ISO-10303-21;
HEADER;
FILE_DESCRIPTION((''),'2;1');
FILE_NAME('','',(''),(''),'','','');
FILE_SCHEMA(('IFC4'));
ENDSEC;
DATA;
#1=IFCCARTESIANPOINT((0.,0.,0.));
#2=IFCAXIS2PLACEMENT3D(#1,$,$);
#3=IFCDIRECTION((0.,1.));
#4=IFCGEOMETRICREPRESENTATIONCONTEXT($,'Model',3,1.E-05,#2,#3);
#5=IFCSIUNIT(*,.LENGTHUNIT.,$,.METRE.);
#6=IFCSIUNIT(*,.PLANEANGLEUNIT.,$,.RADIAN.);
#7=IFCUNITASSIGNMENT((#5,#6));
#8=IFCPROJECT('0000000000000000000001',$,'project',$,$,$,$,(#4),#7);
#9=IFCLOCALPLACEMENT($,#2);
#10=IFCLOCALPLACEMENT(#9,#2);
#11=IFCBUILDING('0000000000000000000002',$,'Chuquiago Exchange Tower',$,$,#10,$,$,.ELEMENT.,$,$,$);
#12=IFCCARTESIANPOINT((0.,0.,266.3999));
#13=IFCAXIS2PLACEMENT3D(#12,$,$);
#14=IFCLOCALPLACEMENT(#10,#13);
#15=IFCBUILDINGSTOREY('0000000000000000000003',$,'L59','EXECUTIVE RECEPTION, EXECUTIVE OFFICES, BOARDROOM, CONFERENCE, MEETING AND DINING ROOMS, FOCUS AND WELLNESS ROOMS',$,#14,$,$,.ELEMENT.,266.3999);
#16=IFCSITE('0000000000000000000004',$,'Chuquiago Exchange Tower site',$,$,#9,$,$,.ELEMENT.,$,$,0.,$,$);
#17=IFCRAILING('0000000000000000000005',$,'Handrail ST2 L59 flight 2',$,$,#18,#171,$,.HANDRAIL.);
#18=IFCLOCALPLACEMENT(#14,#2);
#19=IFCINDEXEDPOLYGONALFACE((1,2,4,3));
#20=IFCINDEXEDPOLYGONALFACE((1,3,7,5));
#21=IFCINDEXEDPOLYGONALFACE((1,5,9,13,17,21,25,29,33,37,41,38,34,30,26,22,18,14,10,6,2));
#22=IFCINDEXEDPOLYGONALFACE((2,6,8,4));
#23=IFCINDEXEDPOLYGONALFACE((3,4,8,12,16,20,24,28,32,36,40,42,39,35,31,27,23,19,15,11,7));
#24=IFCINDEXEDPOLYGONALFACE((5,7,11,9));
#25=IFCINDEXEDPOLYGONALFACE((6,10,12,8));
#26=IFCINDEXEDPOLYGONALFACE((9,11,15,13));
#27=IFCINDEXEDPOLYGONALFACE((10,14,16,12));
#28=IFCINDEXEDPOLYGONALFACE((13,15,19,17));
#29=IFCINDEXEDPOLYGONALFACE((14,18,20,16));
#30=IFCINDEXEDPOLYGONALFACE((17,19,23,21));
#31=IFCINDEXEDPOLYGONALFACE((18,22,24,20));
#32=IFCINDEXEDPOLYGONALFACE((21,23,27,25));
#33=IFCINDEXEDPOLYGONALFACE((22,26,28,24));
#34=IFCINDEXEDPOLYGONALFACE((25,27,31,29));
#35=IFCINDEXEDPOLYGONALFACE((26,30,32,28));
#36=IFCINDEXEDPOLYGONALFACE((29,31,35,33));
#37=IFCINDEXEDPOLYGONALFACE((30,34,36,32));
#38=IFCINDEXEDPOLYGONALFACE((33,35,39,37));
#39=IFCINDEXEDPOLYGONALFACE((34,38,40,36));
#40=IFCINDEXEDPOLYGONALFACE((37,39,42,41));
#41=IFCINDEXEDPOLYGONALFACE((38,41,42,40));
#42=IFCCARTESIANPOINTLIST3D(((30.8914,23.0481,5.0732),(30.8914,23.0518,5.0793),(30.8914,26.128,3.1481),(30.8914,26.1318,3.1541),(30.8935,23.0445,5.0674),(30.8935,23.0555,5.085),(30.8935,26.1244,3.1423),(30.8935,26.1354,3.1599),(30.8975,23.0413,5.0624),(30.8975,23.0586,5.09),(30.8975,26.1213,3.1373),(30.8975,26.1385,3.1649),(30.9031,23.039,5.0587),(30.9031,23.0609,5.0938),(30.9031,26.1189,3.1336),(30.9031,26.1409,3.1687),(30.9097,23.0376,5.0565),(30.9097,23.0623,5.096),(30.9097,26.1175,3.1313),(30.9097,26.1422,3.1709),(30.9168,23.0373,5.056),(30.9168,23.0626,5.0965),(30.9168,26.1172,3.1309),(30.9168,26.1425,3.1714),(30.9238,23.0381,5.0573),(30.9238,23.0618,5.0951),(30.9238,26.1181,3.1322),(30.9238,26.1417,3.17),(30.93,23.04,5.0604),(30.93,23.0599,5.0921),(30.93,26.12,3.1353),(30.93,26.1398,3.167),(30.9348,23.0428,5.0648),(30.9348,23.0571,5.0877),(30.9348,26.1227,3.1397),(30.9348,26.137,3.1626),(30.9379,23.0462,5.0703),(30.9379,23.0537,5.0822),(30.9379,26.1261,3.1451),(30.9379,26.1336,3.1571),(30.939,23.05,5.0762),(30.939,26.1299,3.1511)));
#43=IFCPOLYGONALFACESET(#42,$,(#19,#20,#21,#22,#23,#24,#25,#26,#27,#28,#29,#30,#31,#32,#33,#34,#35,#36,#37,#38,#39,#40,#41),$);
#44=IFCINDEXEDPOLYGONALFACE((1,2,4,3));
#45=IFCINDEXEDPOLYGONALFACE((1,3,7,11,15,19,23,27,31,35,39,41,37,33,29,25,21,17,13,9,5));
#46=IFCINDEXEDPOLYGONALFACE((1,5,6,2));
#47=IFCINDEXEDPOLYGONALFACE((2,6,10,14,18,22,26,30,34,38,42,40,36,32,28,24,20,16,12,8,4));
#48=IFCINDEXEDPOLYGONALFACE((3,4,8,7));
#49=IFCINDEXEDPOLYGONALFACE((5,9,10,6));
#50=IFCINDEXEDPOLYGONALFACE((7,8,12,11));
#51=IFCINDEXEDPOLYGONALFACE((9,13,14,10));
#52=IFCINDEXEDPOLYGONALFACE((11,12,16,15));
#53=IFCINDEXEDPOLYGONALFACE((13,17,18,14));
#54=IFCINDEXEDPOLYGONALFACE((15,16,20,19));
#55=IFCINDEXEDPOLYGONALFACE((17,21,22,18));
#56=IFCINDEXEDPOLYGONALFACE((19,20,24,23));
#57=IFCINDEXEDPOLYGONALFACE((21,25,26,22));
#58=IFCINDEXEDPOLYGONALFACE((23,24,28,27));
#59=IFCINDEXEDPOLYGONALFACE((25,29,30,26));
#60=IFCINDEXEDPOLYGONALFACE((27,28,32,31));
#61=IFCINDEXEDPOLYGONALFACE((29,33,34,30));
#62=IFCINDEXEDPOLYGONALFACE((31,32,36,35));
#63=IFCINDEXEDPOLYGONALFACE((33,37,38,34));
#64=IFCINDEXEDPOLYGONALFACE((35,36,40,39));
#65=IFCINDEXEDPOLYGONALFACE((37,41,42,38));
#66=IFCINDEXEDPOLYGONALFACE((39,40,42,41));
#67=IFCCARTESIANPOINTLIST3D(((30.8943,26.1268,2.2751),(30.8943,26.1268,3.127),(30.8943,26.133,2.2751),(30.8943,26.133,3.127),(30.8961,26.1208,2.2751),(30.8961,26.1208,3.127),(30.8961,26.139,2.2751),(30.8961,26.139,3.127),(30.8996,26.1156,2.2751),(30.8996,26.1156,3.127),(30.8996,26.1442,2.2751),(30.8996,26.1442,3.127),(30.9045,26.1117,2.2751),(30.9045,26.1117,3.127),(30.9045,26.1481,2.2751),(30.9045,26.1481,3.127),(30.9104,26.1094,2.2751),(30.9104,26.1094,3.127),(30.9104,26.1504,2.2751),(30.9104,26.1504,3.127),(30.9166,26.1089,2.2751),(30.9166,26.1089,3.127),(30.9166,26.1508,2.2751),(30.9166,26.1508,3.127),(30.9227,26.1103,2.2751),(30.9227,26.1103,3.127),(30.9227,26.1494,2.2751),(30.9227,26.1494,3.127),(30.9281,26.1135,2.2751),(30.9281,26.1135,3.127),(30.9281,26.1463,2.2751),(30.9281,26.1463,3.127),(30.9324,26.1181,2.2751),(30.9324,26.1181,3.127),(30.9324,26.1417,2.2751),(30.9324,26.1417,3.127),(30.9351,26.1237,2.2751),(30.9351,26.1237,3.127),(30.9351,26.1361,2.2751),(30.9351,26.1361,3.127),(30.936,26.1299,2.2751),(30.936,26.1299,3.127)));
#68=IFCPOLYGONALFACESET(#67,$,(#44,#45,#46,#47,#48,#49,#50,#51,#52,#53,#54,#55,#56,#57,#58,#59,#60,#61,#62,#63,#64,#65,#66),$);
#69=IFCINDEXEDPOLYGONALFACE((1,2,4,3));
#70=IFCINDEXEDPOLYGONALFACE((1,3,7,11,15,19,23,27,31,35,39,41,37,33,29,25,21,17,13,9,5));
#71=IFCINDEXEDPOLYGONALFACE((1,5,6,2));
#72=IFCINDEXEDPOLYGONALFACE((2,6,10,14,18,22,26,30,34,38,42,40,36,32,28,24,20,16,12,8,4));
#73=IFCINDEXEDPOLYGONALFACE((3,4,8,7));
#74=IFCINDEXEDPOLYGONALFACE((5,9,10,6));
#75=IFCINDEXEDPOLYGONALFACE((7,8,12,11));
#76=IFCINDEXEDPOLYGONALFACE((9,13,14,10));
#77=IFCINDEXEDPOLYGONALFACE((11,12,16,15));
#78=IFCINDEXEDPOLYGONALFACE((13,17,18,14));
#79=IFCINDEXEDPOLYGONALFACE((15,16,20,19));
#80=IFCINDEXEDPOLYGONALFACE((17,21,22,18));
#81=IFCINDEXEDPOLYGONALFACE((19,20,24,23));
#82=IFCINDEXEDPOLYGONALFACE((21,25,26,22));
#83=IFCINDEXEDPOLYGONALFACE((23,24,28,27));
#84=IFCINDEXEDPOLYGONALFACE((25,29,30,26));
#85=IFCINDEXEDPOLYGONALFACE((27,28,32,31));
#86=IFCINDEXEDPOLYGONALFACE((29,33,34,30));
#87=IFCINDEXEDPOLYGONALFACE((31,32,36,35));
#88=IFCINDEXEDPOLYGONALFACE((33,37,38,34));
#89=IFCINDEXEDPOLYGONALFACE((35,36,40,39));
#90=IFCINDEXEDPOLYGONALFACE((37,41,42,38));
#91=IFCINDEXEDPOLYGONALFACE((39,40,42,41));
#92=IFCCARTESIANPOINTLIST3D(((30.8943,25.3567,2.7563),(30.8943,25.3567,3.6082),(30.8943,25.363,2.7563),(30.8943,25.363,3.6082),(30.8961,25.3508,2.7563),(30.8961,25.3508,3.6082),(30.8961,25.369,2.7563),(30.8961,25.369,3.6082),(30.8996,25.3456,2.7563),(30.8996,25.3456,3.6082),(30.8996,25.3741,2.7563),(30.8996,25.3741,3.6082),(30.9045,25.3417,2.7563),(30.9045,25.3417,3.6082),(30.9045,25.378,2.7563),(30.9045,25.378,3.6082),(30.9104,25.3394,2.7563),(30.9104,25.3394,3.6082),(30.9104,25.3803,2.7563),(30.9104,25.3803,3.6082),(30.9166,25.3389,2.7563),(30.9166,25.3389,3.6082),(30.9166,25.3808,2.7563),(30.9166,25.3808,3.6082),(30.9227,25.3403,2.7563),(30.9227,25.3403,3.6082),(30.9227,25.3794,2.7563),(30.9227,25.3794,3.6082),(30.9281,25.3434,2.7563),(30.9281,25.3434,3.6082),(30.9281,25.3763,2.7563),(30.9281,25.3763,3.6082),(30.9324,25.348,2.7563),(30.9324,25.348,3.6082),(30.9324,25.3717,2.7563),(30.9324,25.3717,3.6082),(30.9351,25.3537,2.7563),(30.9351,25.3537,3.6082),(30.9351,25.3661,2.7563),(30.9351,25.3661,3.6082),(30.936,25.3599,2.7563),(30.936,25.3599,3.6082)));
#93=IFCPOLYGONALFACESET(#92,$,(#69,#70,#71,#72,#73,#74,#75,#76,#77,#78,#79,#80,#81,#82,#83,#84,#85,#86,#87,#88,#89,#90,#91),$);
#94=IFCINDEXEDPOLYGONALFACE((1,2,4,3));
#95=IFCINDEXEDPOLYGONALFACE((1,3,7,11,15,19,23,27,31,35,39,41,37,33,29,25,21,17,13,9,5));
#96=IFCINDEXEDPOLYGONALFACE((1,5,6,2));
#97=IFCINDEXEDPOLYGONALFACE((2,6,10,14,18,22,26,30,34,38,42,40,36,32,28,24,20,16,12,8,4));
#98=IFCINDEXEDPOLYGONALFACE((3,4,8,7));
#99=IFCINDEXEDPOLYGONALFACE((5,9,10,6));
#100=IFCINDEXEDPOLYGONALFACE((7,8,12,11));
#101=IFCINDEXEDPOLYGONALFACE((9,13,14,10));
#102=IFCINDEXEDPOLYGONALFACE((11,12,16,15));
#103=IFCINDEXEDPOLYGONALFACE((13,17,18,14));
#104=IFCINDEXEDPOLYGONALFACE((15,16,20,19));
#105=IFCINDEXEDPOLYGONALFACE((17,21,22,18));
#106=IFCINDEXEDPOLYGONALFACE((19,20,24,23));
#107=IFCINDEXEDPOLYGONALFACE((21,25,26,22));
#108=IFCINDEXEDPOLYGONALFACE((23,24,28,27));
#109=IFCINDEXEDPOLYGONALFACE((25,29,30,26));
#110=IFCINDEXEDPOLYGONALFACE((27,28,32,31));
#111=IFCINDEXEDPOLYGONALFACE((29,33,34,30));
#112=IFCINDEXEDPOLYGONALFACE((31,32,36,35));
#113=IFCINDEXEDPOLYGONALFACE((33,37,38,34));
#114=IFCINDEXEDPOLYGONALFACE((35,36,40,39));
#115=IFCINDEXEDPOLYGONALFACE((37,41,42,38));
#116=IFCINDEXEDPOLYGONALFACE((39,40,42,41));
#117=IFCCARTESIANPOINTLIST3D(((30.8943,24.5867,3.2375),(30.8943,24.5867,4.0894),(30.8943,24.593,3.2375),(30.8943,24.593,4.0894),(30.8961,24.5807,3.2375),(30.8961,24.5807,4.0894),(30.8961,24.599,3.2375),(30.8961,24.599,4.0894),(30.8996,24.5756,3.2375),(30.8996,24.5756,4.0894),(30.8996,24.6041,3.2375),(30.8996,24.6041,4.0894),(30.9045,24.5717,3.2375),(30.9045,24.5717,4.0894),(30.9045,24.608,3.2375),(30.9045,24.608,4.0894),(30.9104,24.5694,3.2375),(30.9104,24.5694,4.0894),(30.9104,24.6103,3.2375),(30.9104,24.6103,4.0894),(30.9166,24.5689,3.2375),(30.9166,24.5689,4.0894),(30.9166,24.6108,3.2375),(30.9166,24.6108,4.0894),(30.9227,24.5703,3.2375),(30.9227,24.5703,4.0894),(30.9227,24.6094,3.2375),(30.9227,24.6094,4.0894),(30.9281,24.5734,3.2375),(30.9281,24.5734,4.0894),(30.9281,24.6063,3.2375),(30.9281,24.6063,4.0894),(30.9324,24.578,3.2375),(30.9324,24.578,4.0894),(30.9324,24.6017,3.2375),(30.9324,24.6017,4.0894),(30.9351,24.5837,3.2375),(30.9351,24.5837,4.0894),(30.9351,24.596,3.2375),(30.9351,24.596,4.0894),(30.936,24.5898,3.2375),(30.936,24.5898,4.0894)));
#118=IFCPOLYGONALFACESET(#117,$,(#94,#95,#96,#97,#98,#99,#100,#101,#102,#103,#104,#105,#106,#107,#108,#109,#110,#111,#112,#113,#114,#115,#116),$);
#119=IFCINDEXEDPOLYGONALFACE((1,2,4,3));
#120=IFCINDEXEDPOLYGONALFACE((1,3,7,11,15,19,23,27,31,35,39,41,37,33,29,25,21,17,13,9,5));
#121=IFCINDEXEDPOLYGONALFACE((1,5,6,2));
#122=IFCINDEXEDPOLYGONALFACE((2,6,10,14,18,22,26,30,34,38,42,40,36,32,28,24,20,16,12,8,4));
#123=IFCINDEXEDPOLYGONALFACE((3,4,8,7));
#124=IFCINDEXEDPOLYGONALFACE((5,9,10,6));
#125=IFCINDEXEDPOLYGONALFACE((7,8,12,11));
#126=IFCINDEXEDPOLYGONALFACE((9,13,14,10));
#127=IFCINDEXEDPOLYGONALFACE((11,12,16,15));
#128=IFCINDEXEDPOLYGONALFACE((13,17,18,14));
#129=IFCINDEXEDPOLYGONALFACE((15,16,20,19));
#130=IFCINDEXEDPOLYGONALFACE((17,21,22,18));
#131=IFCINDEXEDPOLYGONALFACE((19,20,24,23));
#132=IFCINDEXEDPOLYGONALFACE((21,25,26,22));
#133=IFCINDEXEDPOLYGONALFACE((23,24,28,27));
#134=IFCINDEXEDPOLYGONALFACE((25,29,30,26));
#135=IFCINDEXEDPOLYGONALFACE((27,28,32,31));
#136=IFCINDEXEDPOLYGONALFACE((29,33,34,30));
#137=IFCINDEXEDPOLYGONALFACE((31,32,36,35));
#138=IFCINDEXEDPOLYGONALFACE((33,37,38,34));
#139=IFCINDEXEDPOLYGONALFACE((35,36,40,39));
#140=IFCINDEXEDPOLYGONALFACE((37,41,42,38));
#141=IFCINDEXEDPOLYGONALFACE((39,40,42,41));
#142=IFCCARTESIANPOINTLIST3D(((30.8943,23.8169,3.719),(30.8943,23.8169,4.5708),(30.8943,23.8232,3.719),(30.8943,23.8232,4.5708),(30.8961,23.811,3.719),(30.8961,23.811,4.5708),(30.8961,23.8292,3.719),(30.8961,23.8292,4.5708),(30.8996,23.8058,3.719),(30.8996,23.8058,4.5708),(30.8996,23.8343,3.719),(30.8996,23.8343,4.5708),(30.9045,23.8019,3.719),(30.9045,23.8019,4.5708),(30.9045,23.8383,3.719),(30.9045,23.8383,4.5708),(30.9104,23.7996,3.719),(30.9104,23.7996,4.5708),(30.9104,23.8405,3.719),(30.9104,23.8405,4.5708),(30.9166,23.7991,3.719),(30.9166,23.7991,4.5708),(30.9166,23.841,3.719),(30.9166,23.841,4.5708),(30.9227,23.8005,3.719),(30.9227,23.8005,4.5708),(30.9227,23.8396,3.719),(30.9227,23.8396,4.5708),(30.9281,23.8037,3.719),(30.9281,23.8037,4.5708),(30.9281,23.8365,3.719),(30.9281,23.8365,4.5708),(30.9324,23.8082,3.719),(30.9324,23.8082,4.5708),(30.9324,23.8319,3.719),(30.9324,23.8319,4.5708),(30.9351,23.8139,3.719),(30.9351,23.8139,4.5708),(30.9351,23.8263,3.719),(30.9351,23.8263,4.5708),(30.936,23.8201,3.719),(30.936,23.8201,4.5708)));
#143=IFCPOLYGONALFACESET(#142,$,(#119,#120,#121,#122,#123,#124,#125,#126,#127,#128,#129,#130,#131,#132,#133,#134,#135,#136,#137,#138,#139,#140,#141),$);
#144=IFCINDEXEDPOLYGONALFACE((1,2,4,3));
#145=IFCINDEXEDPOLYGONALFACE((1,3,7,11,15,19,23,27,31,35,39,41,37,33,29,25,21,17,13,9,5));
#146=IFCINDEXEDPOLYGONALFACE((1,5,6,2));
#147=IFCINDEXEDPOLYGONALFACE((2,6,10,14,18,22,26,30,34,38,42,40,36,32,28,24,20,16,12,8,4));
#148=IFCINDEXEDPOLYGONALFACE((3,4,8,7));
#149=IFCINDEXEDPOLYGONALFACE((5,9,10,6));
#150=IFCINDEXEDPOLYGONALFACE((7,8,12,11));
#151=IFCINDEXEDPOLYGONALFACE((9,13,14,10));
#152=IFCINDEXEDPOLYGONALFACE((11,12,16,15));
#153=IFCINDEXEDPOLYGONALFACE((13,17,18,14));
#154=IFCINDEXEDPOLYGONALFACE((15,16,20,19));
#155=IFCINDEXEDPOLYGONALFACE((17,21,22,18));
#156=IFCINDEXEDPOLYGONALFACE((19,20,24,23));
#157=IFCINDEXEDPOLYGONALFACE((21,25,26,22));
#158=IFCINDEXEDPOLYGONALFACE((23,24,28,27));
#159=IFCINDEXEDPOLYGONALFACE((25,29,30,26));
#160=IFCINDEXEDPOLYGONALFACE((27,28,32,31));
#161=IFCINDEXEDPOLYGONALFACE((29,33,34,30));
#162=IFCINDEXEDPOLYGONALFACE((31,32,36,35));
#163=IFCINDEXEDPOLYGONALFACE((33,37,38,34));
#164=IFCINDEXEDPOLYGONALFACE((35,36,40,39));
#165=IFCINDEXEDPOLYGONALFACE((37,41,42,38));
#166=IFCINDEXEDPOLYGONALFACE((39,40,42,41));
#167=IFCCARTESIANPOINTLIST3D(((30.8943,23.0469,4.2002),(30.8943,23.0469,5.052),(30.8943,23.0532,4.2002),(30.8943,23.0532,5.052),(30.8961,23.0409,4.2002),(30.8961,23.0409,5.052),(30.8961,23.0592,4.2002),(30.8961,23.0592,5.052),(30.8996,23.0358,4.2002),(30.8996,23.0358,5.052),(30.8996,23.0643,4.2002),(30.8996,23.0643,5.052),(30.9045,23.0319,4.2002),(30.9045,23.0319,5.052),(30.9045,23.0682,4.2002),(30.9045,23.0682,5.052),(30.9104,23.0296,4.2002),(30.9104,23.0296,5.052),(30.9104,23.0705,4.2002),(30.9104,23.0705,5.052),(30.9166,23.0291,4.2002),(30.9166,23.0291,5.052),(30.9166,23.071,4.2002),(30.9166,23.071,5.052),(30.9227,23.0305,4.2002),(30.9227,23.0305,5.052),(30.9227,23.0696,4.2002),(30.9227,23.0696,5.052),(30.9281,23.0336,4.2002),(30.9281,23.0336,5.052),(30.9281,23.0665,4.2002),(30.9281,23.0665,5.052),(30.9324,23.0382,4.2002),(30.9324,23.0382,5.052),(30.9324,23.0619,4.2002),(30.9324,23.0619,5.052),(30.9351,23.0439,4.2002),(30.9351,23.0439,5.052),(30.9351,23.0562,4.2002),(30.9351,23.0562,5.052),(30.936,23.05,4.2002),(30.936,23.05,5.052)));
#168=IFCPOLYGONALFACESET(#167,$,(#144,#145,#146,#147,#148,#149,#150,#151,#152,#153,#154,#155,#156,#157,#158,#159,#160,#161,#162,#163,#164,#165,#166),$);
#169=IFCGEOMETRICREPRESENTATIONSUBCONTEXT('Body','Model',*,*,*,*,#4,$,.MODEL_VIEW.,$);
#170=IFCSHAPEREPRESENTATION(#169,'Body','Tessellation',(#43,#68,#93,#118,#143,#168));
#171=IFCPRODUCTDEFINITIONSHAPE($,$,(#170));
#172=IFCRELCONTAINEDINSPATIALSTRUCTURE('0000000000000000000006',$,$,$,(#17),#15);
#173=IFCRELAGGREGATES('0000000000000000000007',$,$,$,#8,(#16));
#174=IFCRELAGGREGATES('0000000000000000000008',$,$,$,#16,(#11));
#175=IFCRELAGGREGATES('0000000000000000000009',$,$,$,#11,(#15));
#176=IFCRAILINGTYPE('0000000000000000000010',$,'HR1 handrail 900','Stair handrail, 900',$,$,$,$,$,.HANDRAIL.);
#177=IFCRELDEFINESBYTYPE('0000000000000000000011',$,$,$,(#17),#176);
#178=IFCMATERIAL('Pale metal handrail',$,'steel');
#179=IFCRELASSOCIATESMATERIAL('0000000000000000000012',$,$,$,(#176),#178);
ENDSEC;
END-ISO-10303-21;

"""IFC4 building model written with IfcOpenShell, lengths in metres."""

from ifc_helpers import new_model, si_unit, direction, frame, origin, origin_2d, place, context, subcontext, project, spatial, circle, extrude, material, type_object, element, save


model = new_model("IFC4")

# Units and contexts
model_context = context("Model", 3, precision=1e-05, world=origin(), true_north=direction((0.0, 1.0)))
body_context = subcontext(model_context, "Body", "Model", "MODEL_VIEW")
ifc_project = project(units=[si_unit("LENGTHUNIT", "METRE"), si_unit("PLANEANGLEUNIT", "RADIAN")], contexts=[model_context])

# Site, building, storey
site_placement = place(None, origin())
site = spatial("IfcSite", under=ifc_project, at=site_placement, Name="Chuquiago Exchange Tower site", CompositionType="ELEMENT", RefElevation=0.0)
building_placement = place(site_placement, origin())
building = spatial("IfcBuilding", under=site, at=building_placement, Name="Chuquiago Exchange Tower", CompositionType="ELEMENT")
storey_placement = place(building_placement, frame((0.0, 0.0, 266.3999)))
storey = spatial("IfcBuildingStorey", under=building, at=storey_placement, Name="L59", Description="EXECUTIVE RECEPTION, EXECUTIVE OFFICES, BOARDROOM, CONFERENCE, MEETING AND DINING ROOMS, FOCUS AND WELLNESS ROOMS", CompositionType="ELEMENT", Elevation=266.3999)

# Railing
ifc_material_1 = material(Name="Pale metal handrail", Category="steel")
railing_type_1 = type_object("IfcRailingType", Name="HR1 handrail 900", Description="Stair handrail, 900", PredefinedType="HANDRAIL", material=ifc_material_1)
for number, where, name in (
    (1, (30.915, 26.1299, 2.2751), "Handrail ST2 L59 flight 2"),
):
    element("IfcRailing", number, at=place(storey_placement, frame(where)), inside=storey, type_object=railing_type_1, Name=name, PredefinedType="HANDRAIL", context=body_context, shape_type="SweptSolid", body=[
        extrude(circle(Radius=0.0239, at=origin_2d()), frame((0.0, 0.0, 0.876), z_axis=(0.0, -0.847979, 0.530029), x_axis=(1.0, 0.0, 0.0)), (0.0, 0.0, 1.0), 3.6321),
        extrude(circle(Radius=0.021, at=origin_2d()), origin(), (0.0, 0.0, 1.0), 0.8518),
        extrude(circle(Radius=0.021, at=origin_2d()), frame((0.0, -0.77, 0.4812)), (0.0, 0.0, 1.0), 0.8518),
        extrude(circle(Radius=0.021, at=origin_2d()), frame((0.0, -1.54, 0.9624)), (0.0, 0.0, 1.0), 0.8518),
        extrude(circle(Radius=0.021, at=origin_2d()), frame((0.0, -2.3098, 1.4438)), (0.0, 0.0, 1.0), 0.8518),
        extrude(circle(Radius=0.021, at=origin_2d()), frame((0.0, -3.0798, 1.925)), (0.0, 0.0, 1.0), 0.8518),
    ])

save(model, "model.ifc")
